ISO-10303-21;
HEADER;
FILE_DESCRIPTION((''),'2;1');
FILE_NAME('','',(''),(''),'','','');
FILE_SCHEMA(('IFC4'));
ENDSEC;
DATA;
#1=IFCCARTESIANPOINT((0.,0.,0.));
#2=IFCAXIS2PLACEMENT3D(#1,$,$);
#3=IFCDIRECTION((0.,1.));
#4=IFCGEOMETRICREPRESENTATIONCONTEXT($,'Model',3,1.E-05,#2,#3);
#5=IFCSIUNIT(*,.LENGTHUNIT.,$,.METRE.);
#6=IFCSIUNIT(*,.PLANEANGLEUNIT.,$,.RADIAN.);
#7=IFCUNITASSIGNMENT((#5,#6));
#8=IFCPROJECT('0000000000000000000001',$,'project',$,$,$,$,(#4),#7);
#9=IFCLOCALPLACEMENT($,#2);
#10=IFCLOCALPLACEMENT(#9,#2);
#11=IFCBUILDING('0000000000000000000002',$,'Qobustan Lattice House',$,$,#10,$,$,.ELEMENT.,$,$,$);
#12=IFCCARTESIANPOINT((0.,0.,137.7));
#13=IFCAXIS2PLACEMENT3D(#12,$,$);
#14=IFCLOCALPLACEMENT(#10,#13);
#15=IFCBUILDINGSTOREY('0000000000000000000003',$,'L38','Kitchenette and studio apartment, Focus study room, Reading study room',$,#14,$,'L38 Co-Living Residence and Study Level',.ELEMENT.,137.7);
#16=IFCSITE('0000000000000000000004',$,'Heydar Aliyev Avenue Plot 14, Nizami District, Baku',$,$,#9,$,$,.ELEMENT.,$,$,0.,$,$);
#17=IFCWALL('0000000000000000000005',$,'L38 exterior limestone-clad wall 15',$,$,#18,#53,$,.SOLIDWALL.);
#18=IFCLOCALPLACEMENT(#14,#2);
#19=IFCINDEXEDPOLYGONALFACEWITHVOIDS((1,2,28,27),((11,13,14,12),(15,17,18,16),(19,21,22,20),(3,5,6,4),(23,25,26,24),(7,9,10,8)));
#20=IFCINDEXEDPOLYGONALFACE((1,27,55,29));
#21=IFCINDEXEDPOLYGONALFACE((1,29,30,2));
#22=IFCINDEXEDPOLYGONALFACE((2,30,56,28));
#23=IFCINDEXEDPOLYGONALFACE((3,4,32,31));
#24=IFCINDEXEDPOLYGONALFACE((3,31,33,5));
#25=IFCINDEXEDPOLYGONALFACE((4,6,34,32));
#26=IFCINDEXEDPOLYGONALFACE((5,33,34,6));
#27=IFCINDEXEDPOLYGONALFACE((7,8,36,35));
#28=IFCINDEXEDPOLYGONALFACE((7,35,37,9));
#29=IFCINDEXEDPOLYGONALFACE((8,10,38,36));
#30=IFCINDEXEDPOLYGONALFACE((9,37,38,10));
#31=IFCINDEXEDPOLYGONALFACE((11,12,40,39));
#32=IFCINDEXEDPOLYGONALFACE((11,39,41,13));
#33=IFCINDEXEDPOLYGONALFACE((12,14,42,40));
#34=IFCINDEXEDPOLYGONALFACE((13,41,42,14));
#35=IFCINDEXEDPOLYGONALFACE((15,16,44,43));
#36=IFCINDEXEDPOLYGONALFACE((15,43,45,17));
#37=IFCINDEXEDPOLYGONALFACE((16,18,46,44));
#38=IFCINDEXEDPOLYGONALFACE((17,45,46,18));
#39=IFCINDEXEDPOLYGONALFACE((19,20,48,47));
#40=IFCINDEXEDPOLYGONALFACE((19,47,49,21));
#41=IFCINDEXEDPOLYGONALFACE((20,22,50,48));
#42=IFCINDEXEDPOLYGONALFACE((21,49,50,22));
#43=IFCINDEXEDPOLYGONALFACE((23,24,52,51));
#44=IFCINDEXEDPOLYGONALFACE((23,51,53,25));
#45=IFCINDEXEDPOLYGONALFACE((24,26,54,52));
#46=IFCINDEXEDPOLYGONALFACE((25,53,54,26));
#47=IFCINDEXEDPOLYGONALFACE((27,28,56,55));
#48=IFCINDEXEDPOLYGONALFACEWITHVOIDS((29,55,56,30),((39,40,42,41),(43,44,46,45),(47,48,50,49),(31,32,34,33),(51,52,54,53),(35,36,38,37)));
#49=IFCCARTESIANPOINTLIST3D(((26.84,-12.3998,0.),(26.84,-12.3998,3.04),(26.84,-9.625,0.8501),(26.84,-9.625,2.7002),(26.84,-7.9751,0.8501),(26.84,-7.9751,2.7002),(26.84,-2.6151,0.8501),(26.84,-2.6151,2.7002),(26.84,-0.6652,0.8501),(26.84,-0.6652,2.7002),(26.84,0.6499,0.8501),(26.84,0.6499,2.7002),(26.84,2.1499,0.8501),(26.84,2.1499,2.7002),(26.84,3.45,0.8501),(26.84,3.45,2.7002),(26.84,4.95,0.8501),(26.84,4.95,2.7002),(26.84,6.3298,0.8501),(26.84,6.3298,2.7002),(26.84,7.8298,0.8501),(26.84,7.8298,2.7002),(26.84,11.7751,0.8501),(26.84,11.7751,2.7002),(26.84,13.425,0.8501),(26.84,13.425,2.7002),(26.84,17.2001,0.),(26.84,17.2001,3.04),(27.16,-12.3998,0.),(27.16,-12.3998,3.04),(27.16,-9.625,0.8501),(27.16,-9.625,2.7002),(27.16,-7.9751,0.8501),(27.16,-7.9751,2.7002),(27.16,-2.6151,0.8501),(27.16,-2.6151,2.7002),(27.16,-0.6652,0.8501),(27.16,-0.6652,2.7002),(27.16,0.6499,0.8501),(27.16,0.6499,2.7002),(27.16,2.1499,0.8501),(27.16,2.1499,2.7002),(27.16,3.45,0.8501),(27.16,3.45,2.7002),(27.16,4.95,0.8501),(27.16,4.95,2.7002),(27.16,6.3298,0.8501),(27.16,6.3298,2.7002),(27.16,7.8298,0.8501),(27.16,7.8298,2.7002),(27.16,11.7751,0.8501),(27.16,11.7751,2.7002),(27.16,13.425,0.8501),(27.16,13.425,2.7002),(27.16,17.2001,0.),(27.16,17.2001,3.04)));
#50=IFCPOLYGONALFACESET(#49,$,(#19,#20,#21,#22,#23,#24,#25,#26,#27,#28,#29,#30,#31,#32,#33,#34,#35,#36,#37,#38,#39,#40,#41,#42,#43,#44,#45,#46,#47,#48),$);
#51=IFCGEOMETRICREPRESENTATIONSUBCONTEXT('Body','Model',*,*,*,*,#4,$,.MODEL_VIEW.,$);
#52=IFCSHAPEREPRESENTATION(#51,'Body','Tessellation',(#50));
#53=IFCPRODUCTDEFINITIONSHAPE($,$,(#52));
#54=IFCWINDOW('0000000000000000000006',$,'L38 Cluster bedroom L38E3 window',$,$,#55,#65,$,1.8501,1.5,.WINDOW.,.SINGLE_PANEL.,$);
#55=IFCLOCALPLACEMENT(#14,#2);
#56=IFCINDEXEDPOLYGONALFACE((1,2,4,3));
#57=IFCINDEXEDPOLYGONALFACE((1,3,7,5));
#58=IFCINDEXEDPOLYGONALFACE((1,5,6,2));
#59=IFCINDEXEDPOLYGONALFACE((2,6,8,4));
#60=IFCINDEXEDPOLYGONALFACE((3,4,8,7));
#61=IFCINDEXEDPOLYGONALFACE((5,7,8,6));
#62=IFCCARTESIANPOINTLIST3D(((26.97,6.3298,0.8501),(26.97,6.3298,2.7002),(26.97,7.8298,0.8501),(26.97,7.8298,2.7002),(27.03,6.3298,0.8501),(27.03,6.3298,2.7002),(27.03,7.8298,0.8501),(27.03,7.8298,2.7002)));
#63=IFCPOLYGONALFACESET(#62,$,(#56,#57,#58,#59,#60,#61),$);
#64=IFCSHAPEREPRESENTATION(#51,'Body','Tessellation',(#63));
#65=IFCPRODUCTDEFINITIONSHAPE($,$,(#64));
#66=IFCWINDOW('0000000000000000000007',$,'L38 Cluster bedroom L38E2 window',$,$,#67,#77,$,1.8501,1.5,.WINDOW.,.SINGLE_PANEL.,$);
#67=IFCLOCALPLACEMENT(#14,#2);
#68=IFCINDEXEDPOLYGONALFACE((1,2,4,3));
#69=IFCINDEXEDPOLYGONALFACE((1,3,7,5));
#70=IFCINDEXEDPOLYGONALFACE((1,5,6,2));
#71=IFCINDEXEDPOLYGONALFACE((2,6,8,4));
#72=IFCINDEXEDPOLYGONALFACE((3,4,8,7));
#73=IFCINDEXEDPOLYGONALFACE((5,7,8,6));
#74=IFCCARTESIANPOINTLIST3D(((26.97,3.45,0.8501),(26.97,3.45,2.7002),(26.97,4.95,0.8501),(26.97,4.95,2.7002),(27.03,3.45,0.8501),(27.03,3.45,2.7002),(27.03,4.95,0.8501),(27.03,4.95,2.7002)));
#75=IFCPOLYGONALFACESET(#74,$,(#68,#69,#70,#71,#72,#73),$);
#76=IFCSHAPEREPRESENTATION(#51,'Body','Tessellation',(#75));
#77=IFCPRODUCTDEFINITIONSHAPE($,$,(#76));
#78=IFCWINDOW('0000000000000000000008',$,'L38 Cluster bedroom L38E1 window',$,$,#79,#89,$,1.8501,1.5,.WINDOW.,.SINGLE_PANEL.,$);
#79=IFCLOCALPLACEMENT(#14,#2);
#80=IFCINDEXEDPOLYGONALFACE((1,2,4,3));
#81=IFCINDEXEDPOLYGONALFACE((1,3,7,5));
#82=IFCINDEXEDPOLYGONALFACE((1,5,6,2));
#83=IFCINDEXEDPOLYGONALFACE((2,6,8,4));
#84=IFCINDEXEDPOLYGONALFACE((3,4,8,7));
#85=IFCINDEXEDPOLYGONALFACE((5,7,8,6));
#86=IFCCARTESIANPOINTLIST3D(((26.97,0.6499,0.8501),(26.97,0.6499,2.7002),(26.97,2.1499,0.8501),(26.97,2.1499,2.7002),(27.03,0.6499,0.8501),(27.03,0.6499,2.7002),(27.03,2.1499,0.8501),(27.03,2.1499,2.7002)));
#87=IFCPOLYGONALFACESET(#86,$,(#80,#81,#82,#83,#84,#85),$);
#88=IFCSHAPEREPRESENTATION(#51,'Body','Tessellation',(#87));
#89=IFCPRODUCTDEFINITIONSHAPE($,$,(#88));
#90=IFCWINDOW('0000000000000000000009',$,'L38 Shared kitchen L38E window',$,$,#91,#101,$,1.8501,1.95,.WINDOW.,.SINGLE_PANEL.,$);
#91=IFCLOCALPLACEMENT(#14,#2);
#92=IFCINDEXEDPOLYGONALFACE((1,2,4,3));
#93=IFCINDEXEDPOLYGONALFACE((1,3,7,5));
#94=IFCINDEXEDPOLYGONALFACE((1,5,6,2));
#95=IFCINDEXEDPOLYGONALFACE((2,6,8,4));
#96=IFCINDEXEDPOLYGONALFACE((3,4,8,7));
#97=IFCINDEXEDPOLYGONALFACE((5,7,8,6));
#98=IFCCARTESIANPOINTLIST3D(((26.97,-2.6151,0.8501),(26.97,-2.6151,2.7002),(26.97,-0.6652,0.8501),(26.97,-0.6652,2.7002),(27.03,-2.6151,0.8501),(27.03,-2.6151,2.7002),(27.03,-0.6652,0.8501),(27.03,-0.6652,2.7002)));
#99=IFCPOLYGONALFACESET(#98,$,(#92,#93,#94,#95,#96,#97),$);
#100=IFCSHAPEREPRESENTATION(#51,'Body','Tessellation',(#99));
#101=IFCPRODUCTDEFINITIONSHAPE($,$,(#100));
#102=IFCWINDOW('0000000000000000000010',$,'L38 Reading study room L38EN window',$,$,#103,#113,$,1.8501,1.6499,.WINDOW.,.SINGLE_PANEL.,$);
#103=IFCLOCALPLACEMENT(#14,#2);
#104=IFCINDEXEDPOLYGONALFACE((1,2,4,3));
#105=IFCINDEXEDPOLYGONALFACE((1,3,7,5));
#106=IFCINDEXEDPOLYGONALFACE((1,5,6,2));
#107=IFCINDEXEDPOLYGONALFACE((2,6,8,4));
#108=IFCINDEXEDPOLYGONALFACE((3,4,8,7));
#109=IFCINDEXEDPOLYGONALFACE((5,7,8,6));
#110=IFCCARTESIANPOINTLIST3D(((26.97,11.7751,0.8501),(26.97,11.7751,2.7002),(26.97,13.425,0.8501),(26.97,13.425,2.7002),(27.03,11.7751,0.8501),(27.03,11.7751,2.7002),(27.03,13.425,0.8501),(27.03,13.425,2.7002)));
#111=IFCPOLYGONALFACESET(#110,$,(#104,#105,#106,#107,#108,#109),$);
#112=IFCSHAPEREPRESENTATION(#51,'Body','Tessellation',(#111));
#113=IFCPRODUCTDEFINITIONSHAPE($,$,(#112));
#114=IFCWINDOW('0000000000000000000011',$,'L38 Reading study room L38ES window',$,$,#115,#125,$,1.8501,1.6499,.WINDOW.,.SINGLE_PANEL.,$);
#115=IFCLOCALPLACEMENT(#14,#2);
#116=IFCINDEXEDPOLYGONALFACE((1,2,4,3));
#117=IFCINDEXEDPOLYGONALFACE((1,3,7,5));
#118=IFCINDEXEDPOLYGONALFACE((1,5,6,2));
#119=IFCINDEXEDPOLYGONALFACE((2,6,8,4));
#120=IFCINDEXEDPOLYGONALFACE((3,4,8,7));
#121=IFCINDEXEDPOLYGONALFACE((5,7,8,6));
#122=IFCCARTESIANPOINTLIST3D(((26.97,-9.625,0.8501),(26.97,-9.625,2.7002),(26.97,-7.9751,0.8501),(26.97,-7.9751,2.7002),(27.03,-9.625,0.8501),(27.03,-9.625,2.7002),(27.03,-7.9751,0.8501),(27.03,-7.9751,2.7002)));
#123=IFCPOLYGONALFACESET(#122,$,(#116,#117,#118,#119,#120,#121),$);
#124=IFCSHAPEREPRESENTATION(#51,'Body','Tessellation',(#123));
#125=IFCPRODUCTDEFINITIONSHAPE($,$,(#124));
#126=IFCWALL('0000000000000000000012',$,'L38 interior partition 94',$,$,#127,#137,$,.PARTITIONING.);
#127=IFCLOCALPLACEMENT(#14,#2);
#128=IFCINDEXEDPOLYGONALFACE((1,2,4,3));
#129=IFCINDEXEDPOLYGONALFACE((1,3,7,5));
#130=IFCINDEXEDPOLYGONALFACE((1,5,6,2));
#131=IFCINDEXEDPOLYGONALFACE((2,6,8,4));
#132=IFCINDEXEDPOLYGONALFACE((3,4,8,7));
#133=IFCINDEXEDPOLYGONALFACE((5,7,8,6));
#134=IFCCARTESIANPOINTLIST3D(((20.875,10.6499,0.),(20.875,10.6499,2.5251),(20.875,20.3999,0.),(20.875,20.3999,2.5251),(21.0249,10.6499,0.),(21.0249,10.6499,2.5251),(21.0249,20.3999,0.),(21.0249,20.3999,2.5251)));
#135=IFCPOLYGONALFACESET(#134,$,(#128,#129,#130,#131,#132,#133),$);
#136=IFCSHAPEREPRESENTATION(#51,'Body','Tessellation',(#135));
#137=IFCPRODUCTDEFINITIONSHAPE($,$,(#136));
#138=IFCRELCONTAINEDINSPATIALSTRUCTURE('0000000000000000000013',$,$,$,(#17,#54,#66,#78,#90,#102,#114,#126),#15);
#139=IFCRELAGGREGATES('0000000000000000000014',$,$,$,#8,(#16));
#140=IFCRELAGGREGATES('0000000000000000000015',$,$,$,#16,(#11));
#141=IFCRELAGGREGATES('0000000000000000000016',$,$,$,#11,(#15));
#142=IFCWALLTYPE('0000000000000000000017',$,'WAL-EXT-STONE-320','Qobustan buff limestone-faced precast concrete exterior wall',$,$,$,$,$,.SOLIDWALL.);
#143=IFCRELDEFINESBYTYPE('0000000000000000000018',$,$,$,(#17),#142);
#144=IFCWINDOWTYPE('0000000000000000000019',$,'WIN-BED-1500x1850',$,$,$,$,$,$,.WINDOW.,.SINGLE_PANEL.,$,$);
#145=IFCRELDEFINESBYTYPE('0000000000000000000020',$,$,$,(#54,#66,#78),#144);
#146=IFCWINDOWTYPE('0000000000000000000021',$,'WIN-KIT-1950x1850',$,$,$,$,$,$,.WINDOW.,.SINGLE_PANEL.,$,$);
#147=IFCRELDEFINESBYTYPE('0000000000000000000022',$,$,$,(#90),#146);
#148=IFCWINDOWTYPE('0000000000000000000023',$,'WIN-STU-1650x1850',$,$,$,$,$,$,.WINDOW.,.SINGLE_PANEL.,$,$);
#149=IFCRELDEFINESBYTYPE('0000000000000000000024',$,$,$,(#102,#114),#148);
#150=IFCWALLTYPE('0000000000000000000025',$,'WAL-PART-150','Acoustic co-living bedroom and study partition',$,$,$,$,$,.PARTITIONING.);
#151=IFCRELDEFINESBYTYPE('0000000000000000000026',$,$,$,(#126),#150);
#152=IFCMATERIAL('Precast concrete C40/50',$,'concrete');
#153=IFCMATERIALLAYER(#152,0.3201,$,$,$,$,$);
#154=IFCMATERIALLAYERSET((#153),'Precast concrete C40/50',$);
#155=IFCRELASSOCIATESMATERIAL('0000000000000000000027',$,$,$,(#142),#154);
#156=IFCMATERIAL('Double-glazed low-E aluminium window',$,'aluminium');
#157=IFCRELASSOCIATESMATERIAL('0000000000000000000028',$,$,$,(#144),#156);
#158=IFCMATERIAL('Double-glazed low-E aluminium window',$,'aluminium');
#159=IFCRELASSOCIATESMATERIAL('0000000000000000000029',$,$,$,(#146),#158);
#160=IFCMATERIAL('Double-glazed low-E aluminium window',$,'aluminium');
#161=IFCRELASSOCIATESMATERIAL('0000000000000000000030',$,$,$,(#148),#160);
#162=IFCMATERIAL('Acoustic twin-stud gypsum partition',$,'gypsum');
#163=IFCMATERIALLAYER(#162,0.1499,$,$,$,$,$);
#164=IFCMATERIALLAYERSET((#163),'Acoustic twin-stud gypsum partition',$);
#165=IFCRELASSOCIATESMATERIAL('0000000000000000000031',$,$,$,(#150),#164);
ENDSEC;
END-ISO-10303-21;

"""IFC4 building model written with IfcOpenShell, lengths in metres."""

from ifc_helpers import new_model, si_unit, direction, frame, frame_2d, origin, place, context, subcontext, project, spatial, rectangle, extrude, material, layer, layer_set, type_object, element, fill, save


model = new_model("IFC4")

# Units and contexts
model_context = context("Model", 3, precision=1e-05, world=origin(), true_north=direction((0.0, 1.0)))
body_context = subcontext(model_context, "Body", "Model", "MODEL_VIEW")
ifc_project = project(units=[si_unit("LENGTHUNIT", "METRE"), si_unit("PLANEANGLEUNIT", "RADIAN")], contexts=[model_context])

# Site, building, storey
site_placement = place(None, origin())
site = spatial("IfcSite", under=ifc_project, at=site_placement, Name="Heydar Aliyev Avenue Plot 14, Nizami District, Baku", CompositionType="ELEMENT", RefElevation=0.0)
building_placement = place(site_placement, origin())
building = spatial("IfcBuilding", under=site, at=building_placement, Name="Qobustan Lattice House", CompositionType="ELEMENT")
storey_placement = place(building_placement, frame((0.0, 0.0, 137.7)))
storey = spatial("IfcBuildingStorey", under=building, at=storey_placement, Name="L38", Description="Kitchenette and studio apartment, Focus study room, Reading study room", LongName="L38 Co-Living Residence and Study Level", CompositionType="ELEMENT", Elevation=137.7)

# Shared definitions
ifc_material_1 = material(Name="Precast concrete C40/50", Category="concrete")
ifc_layer_1 = layer(ifc_material_1, 0.3201)
ifc_layer_set_1 = layer_set([ifc_layer_1], Name="Precast concrete C40/50")
wall_type_1 = type_object("IfcWallType", Name="WAL-EXT-STONE-320", Description="Qobustan buff limestone-faced precast concrete exterior wall", PredefinedType="SOLIDWALL", material=ifc_layer_set_1)

# Wall, openings, windows
wall_1_placement = place(storey_placement, frame((27.0, 17.2, 0.0), z_axis=(0.0, 0.0, 1.0), x_axis=(0.0, -1.0, 0.0)))
wall_1 = element("IfcWall", 1, at=wall_1_placement, inside=storey, type_object=wall_type_1, Name="L38 exterior limestone-clad wall 15", PredefinedType="SOLIDWALL", context=body_context, shape_type="SweptSolid", body=[
    extrude(rectangle(XDim=29.5999, YDim=0.3201, at=frame_2d((14.7998, 0.0))), origin(), (0.0, 0.0, 1.0), 3.04),
])
opening_1_placement = place(wall_1_placement, frame((3.7749, 0.0, 0.8501)))
opening_1 = element("IfcOpeningElement", 2, at=opening_1_placement, cuts=wall_1, PredefinedType="OPENING", context=body_context, shape_type="SweptSolid", body=[
    extrude(rectangle(XDim=1.6499, YDim=1.8501, at=frame_2d((0.825, 0.925))), frame((0.0, 0.1699, 0.0), z_axis=(0.0, -1.0, 0.0), x_axis=(1.0, 0.0, 0.0)), (0.0, 0.0, 1.0), 0.3401),
])
opening_2_placement = place(wall_1_placement, frame((9.3701, 0.0, 0.8501)))
opening_2 = element("IfcOpeningElement", 3, at=opening_2_placement, cuts=wall_1, PredefinedType="OPENING", context=body_context, shape_type="SweptSolid", body=[
    extrude(rectangle(XDim=1.5, YDim=1.8501, at=frame_2d((0.75, 0.925))), frame((0.0, 0.1699, 0.0), z_axis=(0.0, -1.0, 0.0), x_axis=(1.0, 0.0, 0.0)), (0.0, 0.0, 1.0), 0.3401),
])
opening_3_placement = place(wall_1_placement, frame((12.25, 0.0, 0.8501)))
opening_3 = element("IfcOpeningElement", 4, at=opening_3_placement, cuts=wall_1, PredefinedType="OPENING", context=body_context, shape_type="SweptSolid", body=[
    extrude(rectangle(XDim=1.5, YDim=1.8501, at=frame_2d((0.75, 0.925))), frame((0.0, 0.1699, 0.0), z_axis=(0.0, -1.0, 0.0), x_axis=(1.0, 0.0, 0.0)), (0.0, 0.0, 1.0), 0.3401),
])
opening_4_placement = place(wall_1_placement, frame((15.05, 0.0, 0.8501)))
opening_4 = element("IfcOpeningElement", 5, at=opening_4_placement, cuts=wall_1, PredefinedType="OPENING", context=body_context, shape_type="SweptSolid", body=[
    extrude(rectangle(XDim=1.5, YDim=1.8501, at=frame_2d((0.75, 0.925))), frame((0.0, 0.1699, 0.0), z_axis=(0.0, -1.0, 0.0), x_axis=(1.0, 0.0, 0.0)), (0.0, 0.0, 1.0), 0.3401),
])
opening_5_placement = place(wall_1_placement, frame((17.865, 0.0, 0.8501)))
opening_5 = element("IfcOpeningElement", 6, at=opening_5_placement, cuts=wall_1, PredefinedType="OPENING", context=body_context, shape_type="SweptSolid", body=[
    extrude(rectangle(XDim=1.95, YDim=1.8501, at=frame_2d((0.9751, 0.925))), frame((0.0, 0.1699, 0.0), z_axis=(0.0, -1.0, 0.0), x_axis=(1.0, 0.0, 0.0)), (0.0, 0.0, 1.0), 0.3401),
])
opening_6_placement = place(wall_1_placement, frame((25.175, 0.0, 0.8501)))
opening_6 = element("IfcOpeningElement", 7, at=opening_6_placement, cuts=wall_1, PredefinedType="OPENING", context=body_context, shape_type="SweptSolid", body=[
    extrude(rectangle(XDim=1.6499, YDim=1.8501, at=frame_2d((0.825, 0.925))), frame((0.0, 0.1699, 0.0), z_axis=(0.0, -1.0, 0.0), x_axis=(1.0, 0.0, 0.0)), (0.0, 0.0, 1.0), 0.3401),
])
ifc_material_2 = material(Name="Double-glazed low-E aluminium window", Category="aluminium")
window_type_1 = type_object("IfcWindowType", Name="WIN-BED-1500x1850", PartitioningType="SINGLE_PANEL", PredefinedType="WINDOW", material=ifc_material_2)
window_1_placement = place(opening_2_placement, origin())
window_1 = element("IfcWindow", 8, at=window_1_placement, inside=storey, type_object=window_type_1, Name="L38 Cluster bedroom L38E3 window", OverallHeight=1.8501, OverallWidth=1.5, PartitioningType="SINGLE_PANEL", PredefinedType="WINDOW", context=body_context, shape_type="SweptSolid", body=[
    extrude(rectangle(XDim=1.5, YDim=1.8501, at=frame_2d((0.75, 0.925))), frame((0.0, 0.03, 0.0), z_axis=(0.0, -1.0, 0.0), x_axis=(1.0, 0.0, 0.0)), (0.0, 0.0, 1.0), 0.0601),
])
fill(opening_2, window_1)
window_2_placement = place(opening_3_placement, origin())
window_2 = element("IfcWindow", 9, at=window_2_placement, inside=storey, type_object=window_type_1, Name="L38 Cluster bedroom L38E2 window", OverallHeight=1.8501, OverallWidth=1.5, PartitioningType="SINGLE_PANEL", PredefinedType="WINDOW", context=body_context, shape_type="SweptSolid", body=[
    extrude(rectangle(XDim=1.5, YDim=1.8501, at=frame_2d((0.75, 0.925))), frame((0.0, 0.03, 0.0), z_axis=(0.0, -1.0, 0.0), x_axis=(1.0, 0.0, 0.0)), (0.0, 0.0, 1.0), 0.0601),
])
fill(opening_3, window_2)
window_3_placement = place(opening_4_placement, origin())
window_3 = element("IfcWindow", 10, at=window_3_placement, inside=storey, type_object=window_type_1, Name="L38 Cluster bedroom L38E1 window", OverallHeight=1.8501, OverallWidth=1.5, PartitioningType="SINGLE_PANEL", PredefinedType="WINDOW", context=body_context, shape_type="SweptSolid", body=[
    extrude(rectangle(XDim=1.5, YDim=1.8501, at=frame_2d((0.75, 0.925))), frame((0.0, 0.03, 0.0), z_axis=(0.0, -1.0, 0.0), x_axis=(1.0, 0.0, 0.0)), (0.0, 0.0, 1.0), 0.0601),
])
fill(opening_4, window_3)
ifc_material_3 = material(Name="Double-glazed low-E aluminium window", Category="aluminium")
window_type_2 = type_object("IfcWindowType", Name="WIN-KIT-1950x1850", PartitioningType="SINGLE_PANEL", PredefinedType="WINDOW", material=ifc_material_3)
window_4_placement = place(opening_5_placement, origin())
window_4 = element("IfcWindow", 11, at=window_4_placement, inside=storey, type_object=window_type_2, Name="L38 Shared kitchen L38E window", OverallHeight=1.8501, OverallWidth=1.95, PartitioningType="SINGLE_PANEL", PredefinedType="WINDOW", context=body_context, shape_type="SweptSolid", body=[
    extrude(rectangle(XDim=1.95, YDim=1.8501, at=frame_2d((0.9751, 0.925))), frame((0.0, 0.03, 0.0), z_axis=(0.0, -1.0, 0.0), x_axis=(1.0, 0.0, 0.0)), (0.0, 0.0, 1.0), 0.0601),
])
fill(opening_5, window_4)
ifc_material_4 = material(Name="Double-glazed low-E aluminium window", Category="aluminium")
window_type_3 = type_object("IfcWindowType", Name="WIN-STU-1650x1850", PartitioningType="SINGLE_PANEL", PredefinedType="WINDOW", material=ifc_material_4)
window_5_placement = place(opening_1_placement, origin())
window_5 = element("IfcWindow", 12, at=window_5_placement, inside=storey, type_object=window_type_3, Name="L38 Reading study room L38EN window", OverallHeight=1.8501, OverallWidth=1.6499, PartitioningType="SINGLE_PANEL", PredefinedType="WINDOW", context=body_context, shape_type="SweptSolid", body=[
    extrude(rectangle(XDim=1.6499, YDim=1.8501, at=frame_2d((0.825, 0.925))), frame((0.0, 0.03, 0.0), z_axis=(0.0, -1.0, 0.0), x_axis=(1.0, 0.0, 0.0)), (0.0, 0.0, 1.0), 0.0601),
])
fill(opening_1, window_5)
window_6_placement = place(opening_6_placement, origin())
window_6 = element("IfcWindow", 13, at=window_6_placement, inside=storey, type_object=window_type_3, Name="L38 Reading study room L38ES window", OverallHeight=1.8501, OverallWidth=1.6499, PartitioningType="SINGLE_PANEL", PredefinedType="WINDOW", context=body_context, shape_type="SweptSolid", body=[
    extrude(rectangle(XDim=1.6499, YDim=1.8501, at=frame_2d((0.825, 0.925))), frame((0.0, 0.03, 0.0), z_axis=(0.0, -1.0, 0.0), x_axis=(1.0, 0.0, 0.0)), (0.0, 0.0, 1.0), 0.0601),
])
fill(opening_6, window_6)

# Wall
ifc_material_5 = material(Name="Acoustic twin-stud gypsum partition", Category="gypsum")
ifc_layer_2 = layer(ifc_material_5, 0.1499)
ifc_layer_set_2 = layer_set([ifc_layer_2], Name="Acoustic twin-stud gypsum partition")
wall_type_2 = type_object("IfcWallType", Name="WAL-PART-150", Description="Acoustic co-living bedroom and study partition", PredefinedType="PARTITIONING", material=ifc_layer_set_2)
wall_2_placement = place(storey_placement, frame((20.95, 10.6499, 0.0), z_axis=(0.0, 0.0, 1.0), x_axis=(0.0, 1.0, 0.0)))
element("IfcWall", 14, at=wall_2_placement, inside=storey, type_object=wall_type_2, Name="L38 interior partition 94", PredefinedType="PARTITIONING", context=body_context, shape_type="SweptSolid", body=[
    extrude(rectangle(XDim=9.75, YDim=0.1499, at=frame_2d((4.875, 0.0))), origin(), (0.0, 0.0, 1.0), 2.5251),
])

save(model, "model.ifc")
